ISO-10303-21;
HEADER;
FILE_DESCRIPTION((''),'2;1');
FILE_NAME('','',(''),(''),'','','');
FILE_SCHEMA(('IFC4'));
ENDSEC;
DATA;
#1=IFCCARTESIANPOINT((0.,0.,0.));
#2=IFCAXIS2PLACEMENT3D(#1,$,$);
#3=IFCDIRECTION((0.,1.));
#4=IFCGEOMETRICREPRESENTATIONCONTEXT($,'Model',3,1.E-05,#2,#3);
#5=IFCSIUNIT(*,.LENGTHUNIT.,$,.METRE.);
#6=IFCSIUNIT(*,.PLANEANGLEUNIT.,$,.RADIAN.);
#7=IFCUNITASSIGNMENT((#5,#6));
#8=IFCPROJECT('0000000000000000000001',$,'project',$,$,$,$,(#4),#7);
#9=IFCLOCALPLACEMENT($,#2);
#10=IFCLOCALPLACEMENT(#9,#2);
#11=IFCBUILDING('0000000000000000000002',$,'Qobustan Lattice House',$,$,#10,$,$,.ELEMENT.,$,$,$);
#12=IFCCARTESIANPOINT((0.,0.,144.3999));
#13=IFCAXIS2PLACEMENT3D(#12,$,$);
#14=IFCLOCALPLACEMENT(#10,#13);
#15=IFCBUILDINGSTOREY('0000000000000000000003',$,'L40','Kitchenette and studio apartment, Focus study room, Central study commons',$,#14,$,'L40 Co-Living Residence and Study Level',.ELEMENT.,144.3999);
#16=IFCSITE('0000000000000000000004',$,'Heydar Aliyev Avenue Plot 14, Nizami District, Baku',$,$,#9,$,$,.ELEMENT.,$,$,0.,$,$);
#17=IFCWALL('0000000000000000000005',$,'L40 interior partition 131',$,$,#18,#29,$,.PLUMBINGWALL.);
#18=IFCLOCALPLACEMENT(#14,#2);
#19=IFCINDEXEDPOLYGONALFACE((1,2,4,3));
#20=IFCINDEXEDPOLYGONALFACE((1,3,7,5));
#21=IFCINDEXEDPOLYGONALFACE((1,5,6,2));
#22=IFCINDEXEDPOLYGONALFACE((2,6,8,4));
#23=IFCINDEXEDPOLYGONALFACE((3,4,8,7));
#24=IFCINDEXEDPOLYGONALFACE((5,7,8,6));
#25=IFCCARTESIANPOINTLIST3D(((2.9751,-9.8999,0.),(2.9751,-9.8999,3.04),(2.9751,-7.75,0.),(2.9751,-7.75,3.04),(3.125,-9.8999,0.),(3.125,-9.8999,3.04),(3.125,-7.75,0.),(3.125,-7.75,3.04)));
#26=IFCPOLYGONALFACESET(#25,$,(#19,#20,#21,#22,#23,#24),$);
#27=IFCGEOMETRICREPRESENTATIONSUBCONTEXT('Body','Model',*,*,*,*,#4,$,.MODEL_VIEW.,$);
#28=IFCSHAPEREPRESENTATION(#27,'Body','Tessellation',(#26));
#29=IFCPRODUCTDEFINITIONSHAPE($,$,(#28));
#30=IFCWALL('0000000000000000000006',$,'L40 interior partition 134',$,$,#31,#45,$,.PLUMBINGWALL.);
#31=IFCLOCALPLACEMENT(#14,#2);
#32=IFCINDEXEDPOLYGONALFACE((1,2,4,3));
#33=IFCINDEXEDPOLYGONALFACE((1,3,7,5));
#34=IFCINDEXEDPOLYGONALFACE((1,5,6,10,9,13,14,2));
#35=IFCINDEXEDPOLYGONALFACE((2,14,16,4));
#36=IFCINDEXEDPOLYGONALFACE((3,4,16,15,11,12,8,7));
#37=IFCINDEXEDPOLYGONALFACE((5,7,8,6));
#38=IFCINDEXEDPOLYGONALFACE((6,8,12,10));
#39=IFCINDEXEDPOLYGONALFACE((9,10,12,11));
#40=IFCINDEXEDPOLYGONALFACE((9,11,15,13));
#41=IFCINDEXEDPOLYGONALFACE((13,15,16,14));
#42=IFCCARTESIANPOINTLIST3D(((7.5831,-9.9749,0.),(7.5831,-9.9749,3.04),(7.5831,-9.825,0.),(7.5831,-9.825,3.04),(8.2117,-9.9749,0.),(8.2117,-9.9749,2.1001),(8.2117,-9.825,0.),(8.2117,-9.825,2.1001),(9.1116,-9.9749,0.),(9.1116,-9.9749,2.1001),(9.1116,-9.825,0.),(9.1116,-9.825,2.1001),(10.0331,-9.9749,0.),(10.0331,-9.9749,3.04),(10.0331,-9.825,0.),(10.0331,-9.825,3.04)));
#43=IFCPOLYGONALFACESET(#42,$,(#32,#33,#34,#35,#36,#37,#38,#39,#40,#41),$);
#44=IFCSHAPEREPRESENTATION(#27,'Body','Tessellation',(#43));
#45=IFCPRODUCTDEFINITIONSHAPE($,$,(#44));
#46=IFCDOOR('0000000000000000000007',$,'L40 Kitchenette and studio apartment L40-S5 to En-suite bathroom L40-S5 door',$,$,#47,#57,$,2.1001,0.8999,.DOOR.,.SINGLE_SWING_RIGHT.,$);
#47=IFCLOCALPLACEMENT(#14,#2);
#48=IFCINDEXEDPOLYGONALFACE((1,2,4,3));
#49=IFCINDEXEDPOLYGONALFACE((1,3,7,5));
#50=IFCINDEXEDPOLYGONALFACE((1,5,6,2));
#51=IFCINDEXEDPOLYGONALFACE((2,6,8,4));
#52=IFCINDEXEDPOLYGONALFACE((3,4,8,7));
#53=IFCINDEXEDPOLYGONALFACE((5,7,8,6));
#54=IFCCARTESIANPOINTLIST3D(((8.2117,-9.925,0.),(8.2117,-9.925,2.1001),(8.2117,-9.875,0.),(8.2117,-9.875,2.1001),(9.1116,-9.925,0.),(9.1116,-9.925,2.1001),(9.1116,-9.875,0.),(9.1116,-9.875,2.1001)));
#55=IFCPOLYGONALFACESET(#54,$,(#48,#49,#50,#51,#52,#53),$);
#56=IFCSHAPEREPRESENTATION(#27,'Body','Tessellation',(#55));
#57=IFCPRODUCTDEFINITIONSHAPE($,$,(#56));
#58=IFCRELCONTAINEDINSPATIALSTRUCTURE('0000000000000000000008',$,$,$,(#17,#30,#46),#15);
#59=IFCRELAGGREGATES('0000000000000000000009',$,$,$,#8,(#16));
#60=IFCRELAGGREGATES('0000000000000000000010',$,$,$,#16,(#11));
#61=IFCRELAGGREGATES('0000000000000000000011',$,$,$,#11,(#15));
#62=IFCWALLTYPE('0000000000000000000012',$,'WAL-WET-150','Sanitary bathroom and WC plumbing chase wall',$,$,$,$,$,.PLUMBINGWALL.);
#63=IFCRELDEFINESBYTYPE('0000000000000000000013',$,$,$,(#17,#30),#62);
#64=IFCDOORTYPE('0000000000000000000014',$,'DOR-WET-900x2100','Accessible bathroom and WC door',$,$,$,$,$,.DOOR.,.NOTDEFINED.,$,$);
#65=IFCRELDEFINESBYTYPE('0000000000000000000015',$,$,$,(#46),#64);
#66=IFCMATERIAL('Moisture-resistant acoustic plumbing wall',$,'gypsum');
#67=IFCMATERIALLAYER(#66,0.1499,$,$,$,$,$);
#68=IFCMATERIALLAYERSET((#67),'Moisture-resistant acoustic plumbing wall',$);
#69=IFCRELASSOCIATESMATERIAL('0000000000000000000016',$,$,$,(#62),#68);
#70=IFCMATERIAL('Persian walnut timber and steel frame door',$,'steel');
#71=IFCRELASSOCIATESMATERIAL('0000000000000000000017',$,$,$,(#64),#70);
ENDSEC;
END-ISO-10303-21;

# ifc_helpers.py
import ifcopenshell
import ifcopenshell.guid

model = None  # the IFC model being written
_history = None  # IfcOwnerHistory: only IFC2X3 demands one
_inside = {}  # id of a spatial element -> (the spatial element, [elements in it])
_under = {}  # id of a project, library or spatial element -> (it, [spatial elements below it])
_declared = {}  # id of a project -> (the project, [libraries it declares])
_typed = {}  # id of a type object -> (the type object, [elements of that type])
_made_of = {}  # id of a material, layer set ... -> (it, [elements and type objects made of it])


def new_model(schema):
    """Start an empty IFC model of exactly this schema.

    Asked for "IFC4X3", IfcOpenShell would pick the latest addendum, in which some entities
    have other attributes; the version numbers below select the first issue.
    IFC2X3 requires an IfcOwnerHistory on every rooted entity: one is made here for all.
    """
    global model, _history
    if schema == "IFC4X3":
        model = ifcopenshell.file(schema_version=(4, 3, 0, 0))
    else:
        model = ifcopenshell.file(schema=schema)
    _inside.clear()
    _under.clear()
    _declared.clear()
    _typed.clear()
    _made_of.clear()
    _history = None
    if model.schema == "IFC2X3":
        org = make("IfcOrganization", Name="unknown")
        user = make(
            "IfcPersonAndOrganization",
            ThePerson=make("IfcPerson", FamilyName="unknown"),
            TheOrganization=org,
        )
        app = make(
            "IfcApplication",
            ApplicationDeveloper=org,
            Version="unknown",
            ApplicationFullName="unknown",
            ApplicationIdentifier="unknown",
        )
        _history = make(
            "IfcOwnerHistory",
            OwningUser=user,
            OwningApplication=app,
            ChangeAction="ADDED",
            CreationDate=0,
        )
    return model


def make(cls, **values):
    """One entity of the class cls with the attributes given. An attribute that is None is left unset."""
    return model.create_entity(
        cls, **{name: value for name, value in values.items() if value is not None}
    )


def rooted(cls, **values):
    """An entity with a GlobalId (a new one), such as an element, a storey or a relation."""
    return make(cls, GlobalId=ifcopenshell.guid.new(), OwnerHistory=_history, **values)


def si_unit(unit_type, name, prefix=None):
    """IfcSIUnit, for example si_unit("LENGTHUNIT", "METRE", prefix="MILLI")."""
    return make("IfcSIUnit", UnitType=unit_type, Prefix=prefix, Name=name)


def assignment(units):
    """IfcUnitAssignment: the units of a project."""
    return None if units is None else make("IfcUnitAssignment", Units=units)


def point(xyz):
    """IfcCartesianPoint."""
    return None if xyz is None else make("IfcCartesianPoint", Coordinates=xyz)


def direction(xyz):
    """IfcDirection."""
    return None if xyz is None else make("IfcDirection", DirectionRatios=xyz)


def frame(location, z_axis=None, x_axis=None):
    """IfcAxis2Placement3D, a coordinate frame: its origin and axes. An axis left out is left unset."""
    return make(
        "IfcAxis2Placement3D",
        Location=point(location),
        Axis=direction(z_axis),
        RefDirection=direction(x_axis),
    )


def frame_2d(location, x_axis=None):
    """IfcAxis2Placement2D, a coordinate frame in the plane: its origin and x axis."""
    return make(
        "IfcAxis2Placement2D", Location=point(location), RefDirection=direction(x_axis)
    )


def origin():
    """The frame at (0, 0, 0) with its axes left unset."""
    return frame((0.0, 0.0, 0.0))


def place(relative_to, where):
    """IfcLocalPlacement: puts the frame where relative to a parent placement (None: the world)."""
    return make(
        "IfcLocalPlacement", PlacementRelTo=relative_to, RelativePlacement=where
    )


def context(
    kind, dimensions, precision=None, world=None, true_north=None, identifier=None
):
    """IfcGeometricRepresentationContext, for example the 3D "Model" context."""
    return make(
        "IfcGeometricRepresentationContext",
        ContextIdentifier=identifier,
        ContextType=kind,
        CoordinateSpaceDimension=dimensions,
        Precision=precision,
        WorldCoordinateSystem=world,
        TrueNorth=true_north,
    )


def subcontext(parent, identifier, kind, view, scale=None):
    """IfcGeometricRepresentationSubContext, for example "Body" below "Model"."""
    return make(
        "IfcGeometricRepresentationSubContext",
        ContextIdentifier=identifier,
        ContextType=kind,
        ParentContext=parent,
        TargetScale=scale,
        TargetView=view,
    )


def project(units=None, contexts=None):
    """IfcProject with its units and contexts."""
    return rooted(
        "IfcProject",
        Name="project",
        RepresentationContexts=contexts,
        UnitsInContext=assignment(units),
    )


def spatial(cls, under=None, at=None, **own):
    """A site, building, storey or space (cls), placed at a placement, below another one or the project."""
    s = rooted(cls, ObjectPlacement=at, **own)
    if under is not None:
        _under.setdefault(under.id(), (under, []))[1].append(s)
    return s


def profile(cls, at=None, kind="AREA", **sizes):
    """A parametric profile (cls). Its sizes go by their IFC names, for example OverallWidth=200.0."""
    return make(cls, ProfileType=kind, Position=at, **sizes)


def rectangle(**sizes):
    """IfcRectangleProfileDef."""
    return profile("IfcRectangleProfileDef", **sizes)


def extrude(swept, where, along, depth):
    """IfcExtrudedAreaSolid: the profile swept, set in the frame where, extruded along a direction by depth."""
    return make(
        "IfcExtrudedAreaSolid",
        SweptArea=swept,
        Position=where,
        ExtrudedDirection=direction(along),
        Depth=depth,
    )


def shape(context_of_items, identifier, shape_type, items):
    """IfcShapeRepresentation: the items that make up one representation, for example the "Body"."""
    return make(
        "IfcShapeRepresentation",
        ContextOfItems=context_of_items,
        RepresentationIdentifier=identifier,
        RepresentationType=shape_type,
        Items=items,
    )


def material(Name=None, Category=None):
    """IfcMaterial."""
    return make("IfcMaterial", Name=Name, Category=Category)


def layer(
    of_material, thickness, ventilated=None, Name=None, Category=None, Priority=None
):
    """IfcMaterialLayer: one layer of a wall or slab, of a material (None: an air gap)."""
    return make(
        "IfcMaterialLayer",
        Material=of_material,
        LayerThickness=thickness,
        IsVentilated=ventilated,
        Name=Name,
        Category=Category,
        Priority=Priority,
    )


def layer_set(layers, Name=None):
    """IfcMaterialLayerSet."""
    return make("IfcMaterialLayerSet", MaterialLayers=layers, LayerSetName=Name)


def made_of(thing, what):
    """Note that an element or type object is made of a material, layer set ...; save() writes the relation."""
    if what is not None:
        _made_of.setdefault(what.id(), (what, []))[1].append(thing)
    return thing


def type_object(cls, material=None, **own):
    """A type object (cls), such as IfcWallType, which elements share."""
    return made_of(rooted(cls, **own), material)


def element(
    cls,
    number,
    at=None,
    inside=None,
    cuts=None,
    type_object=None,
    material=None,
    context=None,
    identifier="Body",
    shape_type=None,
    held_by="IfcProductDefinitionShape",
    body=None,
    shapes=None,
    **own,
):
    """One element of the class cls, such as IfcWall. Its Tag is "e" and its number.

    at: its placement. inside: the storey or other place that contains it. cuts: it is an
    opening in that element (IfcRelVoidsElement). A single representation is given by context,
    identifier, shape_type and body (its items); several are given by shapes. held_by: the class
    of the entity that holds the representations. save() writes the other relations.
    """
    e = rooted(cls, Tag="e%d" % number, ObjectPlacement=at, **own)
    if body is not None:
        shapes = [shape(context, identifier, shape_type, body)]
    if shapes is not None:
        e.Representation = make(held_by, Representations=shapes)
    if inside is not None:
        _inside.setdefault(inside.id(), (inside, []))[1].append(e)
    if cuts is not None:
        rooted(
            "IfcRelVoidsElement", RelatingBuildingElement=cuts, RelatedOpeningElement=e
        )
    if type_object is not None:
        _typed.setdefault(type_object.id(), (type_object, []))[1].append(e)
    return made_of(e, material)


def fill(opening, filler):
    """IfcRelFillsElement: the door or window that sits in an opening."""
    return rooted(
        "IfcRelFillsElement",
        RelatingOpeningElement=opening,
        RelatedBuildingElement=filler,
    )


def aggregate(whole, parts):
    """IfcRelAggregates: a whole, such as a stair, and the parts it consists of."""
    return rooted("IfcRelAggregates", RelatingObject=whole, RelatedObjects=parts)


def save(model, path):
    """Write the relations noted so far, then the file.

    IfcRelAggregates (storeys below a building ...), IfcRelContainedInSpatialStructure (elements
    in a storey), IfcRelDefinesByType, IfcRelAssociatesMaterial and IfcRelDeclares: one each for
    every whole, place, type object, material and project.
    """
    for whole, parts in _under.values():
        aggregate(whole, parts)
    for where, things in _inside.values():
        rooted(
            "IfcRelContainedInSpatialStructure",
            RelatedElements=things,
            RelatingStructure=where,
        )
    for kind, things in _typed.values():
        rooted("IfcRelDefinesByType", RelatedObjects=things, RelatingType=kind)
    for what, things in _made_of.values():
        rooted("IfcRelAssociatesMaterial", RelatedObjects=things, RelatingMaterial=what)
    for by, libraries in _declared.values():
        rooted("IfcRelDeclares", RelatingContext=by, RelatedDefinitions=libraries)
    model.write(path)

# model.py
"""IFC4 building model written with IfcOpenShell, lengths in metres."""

from ifc_helpers import new_model, si_unit, direction, frame, frame_2d, origin, place, context, subcontext, project, spatial, rectangle, extrude, material, layer, layer_set, type_object, element, fill, save


model = new_model("IFC4")

# Units and contexts
model_context = context("Model", 3, precision=1e-05, world=origin(), true_north=direction((0.0, 1.0)))
body_context = subcontext(model_context, "Body", "Model", "MODEL_VIEW")
ifc_project = project(units=[si_unit("LENGTHUNIT", "METRE"), si_unit("PLANEANGLEUNIT", "RADIAN")], contexts=[model_context])

# Site, building, storey
site_placement = place(None, origin())
site = spatial("IfcSite", under=ifc_project, at=site_placement, Name="Heydar Aliyev Avenue Plot 14, Nizami District, Baku", CompositionType="ELEMENT", RefElevation=0.0)
building_placement = place(site_placement, origin())
building = spatial("IfcBuilding", under=site, at=building_placement, Name="Qobustan Lattice House", CompositionType="ELEMENT")
storey_placement = place(building_placement, frame((0.0, 0.0, 144.3999)))
storey = spatial("IfcBuildingStorey", under=building, at=storey_placement, Name="L40", Description="Kitchenette and studio apartment, Focus study room, Central study commons", LongName="L40 Co-Living Residence and Study Level", CompositionType="ELEMENT", Elevation=144.3999)

# Shared definitions
ifc_material_1 = material(Name="Moisture-resistant acoustic plumbing wall", Category="gypsum")
ifc_layer_1 = layer(ifc_material_1, 0.1499)
ifc_layer_set_1 = layer_set([ifc_layer_1], Name="Moisture-resistant acoustic plumbing wall")
wall_type_1 = type_object("IfcWallType", Name="WAL-WET-150", Description="Sanitary bathroom and WC plumbing chase wall", PredefinedType="PLUMBINGWALL", material=ifc_layer_set_1)

# Shared definitions
ifc_material_2 = material(Name="Persian walnut timber and steel frame door", Category="steel")
door_type_1 = type_object("IfcDoorType", Name="DOR-WET-900x2100", Description="Accessible bathroom and WC door", OperationType="NOTDEFINED", PredefinedType="DOOR", material=ifc_material_2)

# Wall
wall_1_placement = place(storey_placement, frame((3.05, -9.8999, 0.0), z_axis=(0.0, 0.0, 1.0), x_axis=(0.0, 1.0, 0.0)))
element("IfcWall", 1, at=wall_1_placement, inside=storey, type_object=wall_type_1, Name="L40 interior partition 131", PredefinedType="PLUMBINGWALL", context=body_context, shape_type="SweptSolid", body=[
    extrude(rectangle(XDim=2.1499, YDim=0.1499, at=frame_2d((1.075, 0.0))), origin(), (0.0, 0.0, 1.0), 3.04),
])

# Wall, opening, door
wall_2_placement = place(storey_placement, frame((7.583, -9.8999, 0.0), z_axis=(0.0, 0.0, 1.0), x_axis=(1.0, 0.0, 0.0)))
wall_2 = element("IfcWall", 2, at=wall_2_placement, inside=storey, type_object=wall_type_1, Name="L40 interior partition 134", PredefinedType="PLUMBINGWALL", context=body_context, shape_type="SweptSolid", body=[
    extrude(rectangle(XDim=2.45, YDim=0.1499, at=frame_2d((1.2251, 0.0))), origin(), (0.0, 0.0, 1.0), 3.04),
])
opening_1_placement = place(wall_2_placement, frame((0.6287, 0.0, 0.0)))
opening_1 = element("IfcOpeningElement", 3, at=opening_1_placement, cuts=wall_2, PredefinedType="OPENING", context=body_context, shape_type="SweptSolid", body=[
    extrude(rectangle(XDim=0.8999, YDim=2.1001, at=frame_2d((0.45, 1.05))), frame((0.0, 0.085, 0.0), z_axis=(0.0, -1.0, 0.0), x_axis=(1.0, 0.0, 0.0)), (0.0, 0.0, 1.0), 0.1699),
])
door_1_placement = place(opening_1_placement, origin())
door_1 = element("IfcDoor", 4, at=door_1_placement, inside=storey, type_object=door_type_1, Name="L40 Kitchenette and studio apartment L40-S5 to En-suite bathroom L40-S5 door", OperationType="SINGLE_SWING_RIGHT", OverallHeight=2.1001, OverallWidth=0.8999, PredefinedType="DOOR", context=body_context, shape_type="SweptSolid", body=[
    extrude(rectangle(XDim=0.8999, YDim=2.1001, at=frame_2d((0.45, 1.05))), frame((0.0, 0.0249, 0.0), z_axis=(0.0, -1.0, 0.0), x_axis=(1.0, 0.0, 0.0)), (0.0, 0.0, 1.0), 0.05),
])
fill(opening_1, door_1)

save(model, "model.ifc")
